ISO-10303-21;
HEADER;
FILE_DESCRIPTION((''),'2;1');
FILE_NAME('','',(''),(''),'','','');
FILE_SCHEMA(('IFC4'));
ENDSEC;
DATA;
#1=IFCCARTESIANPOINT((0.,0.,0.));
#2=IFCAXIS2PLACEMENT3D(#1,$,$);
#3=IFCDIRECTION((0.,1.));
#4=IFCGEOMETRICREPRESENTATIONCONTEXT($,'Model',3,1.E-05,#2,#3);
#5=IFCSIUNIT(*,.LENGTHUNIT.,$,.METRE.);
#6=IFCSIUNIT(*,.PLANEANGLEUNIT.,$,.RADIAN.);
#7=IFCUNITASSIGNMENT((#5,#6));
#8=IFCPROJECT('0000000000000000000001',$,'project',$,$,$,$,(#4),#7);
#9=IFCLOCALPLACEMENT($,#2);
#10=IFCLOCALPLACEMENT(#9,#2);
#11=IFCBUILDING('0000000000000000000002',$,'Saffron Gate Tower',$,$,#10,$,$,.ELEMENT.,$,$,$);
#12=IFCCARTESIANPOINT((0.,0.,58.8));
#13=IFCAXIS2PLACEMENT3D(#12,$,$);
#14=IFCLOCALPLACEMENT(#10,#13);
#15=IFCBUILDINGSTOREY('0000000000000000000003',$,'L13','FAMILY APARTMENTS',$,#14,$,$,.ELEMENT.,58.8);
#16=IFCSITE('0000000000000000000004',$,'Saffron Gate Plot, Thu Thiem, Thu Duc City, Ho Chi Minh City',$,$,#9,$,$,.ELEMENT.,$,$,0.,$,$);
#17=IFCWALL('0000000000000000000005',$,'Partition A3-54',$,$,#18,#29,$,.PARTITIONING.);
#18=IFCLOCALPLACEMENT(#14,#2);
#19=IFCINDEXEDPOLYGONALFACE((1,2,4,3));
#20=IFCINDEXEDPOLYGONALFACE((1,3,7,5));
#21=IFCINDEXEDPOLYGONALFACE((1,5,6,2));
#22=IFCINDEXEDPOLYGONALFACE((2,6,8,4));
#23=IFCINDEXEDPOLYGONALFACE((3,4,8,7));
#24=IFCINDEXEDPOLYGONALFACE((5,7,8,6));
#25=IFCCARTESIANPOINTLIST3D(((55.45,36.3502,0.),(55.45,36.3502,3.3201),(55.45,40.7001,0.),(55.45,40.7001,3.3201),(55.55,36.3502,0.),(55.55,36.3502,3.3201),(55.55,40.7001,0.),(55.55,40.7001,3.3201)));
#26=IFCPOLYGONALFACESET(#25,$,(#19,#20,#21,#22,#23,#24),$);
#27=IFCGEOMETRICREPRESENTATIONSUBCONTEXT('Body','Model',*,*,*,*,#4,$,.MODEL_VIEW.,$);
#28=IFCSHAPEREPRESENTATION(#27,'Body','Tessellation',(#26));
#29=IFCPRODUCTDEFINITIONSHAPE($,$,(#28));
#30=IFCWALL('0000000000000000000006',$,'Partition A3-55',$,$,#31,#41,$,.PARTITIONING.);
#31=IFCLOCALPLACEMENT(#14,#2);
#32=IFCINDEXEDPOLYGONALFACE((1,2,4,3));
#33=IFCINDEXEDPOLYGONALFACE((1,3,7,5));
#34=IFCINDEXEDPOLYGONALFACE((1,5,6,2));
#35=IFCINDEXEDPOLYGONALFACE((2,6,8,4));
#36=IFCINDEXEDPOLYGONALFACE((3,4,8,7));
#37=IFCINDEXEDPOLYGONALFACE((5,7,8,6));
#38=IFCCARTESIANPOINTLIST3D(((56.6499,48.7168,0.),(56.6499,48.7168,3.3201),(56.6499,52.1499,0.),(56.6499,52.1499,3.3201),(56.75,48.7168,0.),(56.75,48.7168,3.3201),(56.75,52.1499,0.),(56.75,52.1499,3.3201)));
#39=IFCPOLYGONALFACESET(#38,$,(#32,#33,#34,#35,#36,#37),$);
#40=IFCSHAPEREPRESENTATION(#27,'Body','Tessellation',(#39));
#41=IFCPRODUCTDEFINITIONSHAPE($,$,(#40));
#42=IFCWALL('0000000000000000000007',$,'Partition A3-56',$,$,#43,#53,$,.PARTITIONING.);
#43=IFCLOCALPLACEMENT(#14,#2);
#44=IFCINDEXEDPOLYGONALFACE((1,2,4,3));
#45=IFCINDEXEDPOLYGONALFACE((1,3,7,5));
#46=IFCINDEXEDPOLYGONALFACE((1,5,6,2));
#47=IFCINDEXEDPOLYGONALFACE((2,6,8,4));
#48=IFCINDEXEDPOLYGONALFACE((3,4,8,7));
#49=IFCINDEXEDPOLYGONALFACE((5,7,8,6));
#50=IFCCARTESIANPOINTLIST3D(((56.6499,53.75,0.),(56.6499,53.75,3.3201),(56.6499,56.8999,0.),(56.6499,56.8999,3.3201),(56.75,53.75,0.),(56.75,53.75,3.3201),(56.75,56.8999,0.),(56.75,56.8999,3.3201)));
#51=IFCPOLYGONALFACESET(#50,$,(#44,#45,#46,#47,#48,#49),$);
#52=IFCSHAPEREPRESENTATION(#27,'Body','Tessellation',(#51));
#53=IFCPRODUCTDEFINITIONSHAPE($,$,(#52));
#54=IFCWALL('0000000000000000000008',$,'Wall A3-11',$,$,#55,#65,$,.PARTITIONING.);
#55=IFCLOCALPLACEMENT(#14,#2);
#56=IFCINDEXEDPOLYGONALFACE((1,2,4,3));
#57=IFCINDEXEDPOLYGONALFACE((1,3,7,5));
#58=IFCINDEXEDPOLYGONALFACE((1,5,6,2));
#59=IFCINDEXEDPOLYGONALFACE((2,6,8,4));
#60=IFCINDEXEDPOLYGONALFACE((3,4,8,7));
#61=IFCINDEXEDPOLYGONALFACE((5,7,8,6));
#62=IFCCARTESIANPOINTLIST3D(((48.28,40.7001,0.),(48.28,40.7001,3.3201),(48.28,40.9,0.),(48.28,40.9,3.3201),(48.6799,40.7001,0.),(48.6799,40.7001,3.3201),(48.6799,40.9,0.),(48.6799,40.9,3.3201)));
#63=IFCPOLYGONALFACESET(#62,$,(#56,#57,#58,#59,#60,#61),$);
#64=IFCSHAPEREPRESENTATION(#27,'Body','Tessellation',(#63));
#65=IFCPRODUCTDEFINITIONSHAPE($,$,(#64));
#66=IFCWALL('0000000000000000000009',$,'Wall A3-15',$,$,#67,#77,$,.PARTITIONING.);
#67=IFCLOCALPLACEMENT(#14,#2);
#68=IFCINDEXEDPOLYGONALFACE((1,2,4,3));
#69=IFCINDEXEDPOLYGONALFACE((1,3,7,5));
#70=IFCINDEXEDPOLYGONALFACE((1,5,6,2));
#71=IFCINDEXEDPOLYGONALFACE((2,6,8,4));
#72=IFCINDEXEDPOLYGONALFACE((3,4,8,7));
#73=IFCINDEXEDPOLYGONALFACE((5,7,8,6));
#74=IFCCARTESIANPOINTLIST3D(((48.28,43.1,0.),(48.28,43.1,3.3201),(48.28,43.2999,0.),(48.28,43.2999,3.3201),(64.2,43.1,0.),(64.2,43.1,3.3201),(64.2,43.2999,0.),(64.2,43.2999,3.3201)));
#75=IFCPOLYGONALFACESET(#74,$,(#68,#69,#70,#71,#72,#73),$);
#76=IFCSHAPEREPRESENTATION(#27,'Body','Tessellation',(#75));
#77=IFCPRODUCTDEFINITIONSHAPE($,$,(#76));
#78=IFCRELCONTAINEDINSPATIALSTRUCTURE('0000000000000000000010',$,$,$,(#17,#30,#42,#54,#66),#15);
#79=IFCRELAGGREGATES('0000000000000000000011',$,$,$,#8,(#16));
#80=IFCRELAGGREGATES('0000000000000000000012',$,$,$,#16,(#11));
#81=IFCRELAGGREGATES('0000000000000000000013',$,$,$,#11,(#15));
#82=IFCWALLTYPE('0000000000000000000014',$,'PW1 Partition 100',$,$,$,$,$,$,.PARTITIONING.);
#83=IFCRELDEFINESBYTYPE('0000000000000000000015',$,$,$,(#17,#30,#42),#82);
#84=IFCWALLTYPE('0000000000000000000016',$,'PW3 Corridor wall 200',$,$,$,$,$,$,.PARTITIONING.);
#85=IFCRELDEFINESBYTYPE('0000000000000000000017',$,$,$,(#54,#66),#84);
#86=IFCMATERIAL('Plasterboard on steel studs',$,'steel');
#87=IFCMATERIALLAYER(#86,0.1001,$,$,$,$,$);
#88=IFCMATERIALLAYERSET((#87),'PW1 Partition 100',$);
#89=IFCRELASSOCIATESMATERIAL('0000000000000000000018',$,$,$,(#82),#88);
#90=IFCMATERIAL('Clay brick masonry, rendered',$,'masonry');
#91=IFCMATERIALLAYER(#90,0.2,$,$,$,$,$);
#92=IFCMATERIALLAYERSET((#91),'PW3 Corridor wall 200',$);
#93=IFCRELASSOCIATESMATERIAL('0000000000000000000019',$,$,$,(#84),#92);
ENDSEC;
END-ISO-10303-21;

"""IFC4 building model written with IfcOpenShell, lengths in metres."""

from ifc_helpers import new_model, si_unit, direction, frame, frame_2d, origin, place, context, subcontext, project, spatial, rectangle, extrude, material, layer, layer_set, type_object, element, save


model = new_model("IFC4")

# Units and contexts
model_context = context("Model", 3, precision=1e-05, world=origin(), true_north=direction((0.0, 1.0)))
body_context = subcontext(model_context, "Body", "Model", "MODEL_VIEW")
ifc_project = project(units=[si_unit("LENGTHUNIT", "METRE"), si_unit("PLANEANGLEUNIT", "RADIAN")], contexts=[model_context])

# Site, building, storey
site_placement = place(None, origin())
site = spatial("IfcSite", under=ifc_project, at=site_placement, Name="Saffron Gate Plot, Thu Thiem, Thu Duc City, Ho Chi Minh City", CompositionType="ELEMENT", RefElevation=0.0)
building_placement = place(site_placement, origin())
building = spatial("IfcBuilding", under=site, at=building_placement, Name="Saffron Gate Tower", CompositionType="ELEMENT")
storey_placement = place(building_placement, frame((0.0, 0.0, 58.8)))
storey = spatial("IfcBuildingStorey", under=building, at=storey_placement, Name="L13", Description="FAMILY APARTMENTS", CompositionType="ELEMENT", Elevation=58.8)

# Shared definitions
ifc_material_1 = material(Name="Plasterboard on steel studs", Category="steel")
ifc_layer_1 = layer(ifc_material_1, 0.1001)
ifc_layer_set_1 = layer_set([ifc_layer_1], Name="PW1 Partition 100")
wall_type_1 = type_object("IfcWallType", Name="PW1 Partition 100", PredefinedType="PARTITIONING", material=ifc_layer_set_1)

# Walls
wall_1_placement = place(storey_placement, frame((55.5, 40.7, 0.0), z_axis=(0.0, 0.0, 1.0), x_axis=(0.0, -1.0, 0.0)))
element("IfcWall", 1, at=wall_1_placement, inside=storey, type_object=wall_type_1, Name="Partition A3-54", PredefinedType="PARTITIONING", context=body_context, shape_type="SweptSolid", body=[
    extrude(rectangle(XDim=4.3499, YDim=0.1001, at=frame_2d((2.1748, 0.0))), origin(), (0.0, 0.0, 1.0), 3.3201),
])
wall_2_placement = place(storey_placement, frame((56.7, 52.1499, 0.0), z_axis=(0.0, 0.0, 1.0), x_axis=(0.0, -1.0, 0.0)))
element("IfcWall", 2, at=wall_2_placement, inside=storey, type_object=wall_type_1, Name="Partition A3-55", PredefinedType="PARTITIONING", context=body_context, shape_type="SweptSolid", body=[
    extrude(rectangle(XDim=3.4331, YDim=0.1001, at=frame_2d((1.7166, 0.0))), origin(), (0.0, 0.0, 1.0), 3.3201),
])
wall_3_placement = place(storey_placement, frame((56.7, 56.8999, 0.0), z_axis=(0.0, 0.0, 1.0), x_axis=(0.0, -1.0, 0.0)))
element("IfcWall", 3, at=wall_3_placement, inside=storey, type_object=wall_type_1, Name="Partition A3-56", PredefinedType="PARTITIONING", context=body_context, shape_type="SweptSolid", body=[
    extrude(rectangle(XDim=3.1499, YDim=0.1001, at=frame_2d((1.575, 0.0))), origin(), (0.0, 0.0, 1.0), 3.3201),
])
ifc_material_2 = material(Name="Clay brick masonry, rendered", Category="masonry")
ifc_layer_2 = layer(ifc_material_2, 0.2)
ifc_layer_set_2 = layer_set([ifc_layer_2], Name="PW3 Corridor wall 200")
wall_type_2 = type_object("IfcWallType", Name="PW3 Corridor wall 200", PredefinedType="PARTITIONING", material=ifc_layer_set_2)
wall_4_placement = place(storey_placement, frame((48.28, 40.8, 0.0), z_axis=(0.0, 0.0, 1.0), x_axis=(1.0, 0.0, 0.0)))
element("IfcWall", 4, at=wall_4_placement, inside=storey, type_object=wall_type_2, Name="Wall A3-11", PredefinedType="PARTITIONING", context=body_context, shape_type="SweptSolid", body=[
    extrude(rectangle(XDim=0.3999, YDim=0.2, at=frame_2d((0.2, 0.0))), origin(), (0.0, 0.0, 1.0), 3.3201),
])
wall_5_placement = place(storey_placement, frame((48.28, 43.2, 0.0), z_axis=(0.0, 0.0, 1.0), x_axis=(1.0, 0.0, 0.0)))
element("IfcWall", 5, at=wall_5_placement, inside=storey, type_object=wall_type_2, Name="Wall A3-15", PredefinedType="PARTITIONING", context=body_context, shape_type="SweptSolid", body=[
    extrude(rectangle(XDim=15.9199, YDim=0.2, at=frame_2d((7.96, 0.0))), origin(), (0.0, 0.0, 1.0), 3.3201),
])

save(model, "model.ifc")
